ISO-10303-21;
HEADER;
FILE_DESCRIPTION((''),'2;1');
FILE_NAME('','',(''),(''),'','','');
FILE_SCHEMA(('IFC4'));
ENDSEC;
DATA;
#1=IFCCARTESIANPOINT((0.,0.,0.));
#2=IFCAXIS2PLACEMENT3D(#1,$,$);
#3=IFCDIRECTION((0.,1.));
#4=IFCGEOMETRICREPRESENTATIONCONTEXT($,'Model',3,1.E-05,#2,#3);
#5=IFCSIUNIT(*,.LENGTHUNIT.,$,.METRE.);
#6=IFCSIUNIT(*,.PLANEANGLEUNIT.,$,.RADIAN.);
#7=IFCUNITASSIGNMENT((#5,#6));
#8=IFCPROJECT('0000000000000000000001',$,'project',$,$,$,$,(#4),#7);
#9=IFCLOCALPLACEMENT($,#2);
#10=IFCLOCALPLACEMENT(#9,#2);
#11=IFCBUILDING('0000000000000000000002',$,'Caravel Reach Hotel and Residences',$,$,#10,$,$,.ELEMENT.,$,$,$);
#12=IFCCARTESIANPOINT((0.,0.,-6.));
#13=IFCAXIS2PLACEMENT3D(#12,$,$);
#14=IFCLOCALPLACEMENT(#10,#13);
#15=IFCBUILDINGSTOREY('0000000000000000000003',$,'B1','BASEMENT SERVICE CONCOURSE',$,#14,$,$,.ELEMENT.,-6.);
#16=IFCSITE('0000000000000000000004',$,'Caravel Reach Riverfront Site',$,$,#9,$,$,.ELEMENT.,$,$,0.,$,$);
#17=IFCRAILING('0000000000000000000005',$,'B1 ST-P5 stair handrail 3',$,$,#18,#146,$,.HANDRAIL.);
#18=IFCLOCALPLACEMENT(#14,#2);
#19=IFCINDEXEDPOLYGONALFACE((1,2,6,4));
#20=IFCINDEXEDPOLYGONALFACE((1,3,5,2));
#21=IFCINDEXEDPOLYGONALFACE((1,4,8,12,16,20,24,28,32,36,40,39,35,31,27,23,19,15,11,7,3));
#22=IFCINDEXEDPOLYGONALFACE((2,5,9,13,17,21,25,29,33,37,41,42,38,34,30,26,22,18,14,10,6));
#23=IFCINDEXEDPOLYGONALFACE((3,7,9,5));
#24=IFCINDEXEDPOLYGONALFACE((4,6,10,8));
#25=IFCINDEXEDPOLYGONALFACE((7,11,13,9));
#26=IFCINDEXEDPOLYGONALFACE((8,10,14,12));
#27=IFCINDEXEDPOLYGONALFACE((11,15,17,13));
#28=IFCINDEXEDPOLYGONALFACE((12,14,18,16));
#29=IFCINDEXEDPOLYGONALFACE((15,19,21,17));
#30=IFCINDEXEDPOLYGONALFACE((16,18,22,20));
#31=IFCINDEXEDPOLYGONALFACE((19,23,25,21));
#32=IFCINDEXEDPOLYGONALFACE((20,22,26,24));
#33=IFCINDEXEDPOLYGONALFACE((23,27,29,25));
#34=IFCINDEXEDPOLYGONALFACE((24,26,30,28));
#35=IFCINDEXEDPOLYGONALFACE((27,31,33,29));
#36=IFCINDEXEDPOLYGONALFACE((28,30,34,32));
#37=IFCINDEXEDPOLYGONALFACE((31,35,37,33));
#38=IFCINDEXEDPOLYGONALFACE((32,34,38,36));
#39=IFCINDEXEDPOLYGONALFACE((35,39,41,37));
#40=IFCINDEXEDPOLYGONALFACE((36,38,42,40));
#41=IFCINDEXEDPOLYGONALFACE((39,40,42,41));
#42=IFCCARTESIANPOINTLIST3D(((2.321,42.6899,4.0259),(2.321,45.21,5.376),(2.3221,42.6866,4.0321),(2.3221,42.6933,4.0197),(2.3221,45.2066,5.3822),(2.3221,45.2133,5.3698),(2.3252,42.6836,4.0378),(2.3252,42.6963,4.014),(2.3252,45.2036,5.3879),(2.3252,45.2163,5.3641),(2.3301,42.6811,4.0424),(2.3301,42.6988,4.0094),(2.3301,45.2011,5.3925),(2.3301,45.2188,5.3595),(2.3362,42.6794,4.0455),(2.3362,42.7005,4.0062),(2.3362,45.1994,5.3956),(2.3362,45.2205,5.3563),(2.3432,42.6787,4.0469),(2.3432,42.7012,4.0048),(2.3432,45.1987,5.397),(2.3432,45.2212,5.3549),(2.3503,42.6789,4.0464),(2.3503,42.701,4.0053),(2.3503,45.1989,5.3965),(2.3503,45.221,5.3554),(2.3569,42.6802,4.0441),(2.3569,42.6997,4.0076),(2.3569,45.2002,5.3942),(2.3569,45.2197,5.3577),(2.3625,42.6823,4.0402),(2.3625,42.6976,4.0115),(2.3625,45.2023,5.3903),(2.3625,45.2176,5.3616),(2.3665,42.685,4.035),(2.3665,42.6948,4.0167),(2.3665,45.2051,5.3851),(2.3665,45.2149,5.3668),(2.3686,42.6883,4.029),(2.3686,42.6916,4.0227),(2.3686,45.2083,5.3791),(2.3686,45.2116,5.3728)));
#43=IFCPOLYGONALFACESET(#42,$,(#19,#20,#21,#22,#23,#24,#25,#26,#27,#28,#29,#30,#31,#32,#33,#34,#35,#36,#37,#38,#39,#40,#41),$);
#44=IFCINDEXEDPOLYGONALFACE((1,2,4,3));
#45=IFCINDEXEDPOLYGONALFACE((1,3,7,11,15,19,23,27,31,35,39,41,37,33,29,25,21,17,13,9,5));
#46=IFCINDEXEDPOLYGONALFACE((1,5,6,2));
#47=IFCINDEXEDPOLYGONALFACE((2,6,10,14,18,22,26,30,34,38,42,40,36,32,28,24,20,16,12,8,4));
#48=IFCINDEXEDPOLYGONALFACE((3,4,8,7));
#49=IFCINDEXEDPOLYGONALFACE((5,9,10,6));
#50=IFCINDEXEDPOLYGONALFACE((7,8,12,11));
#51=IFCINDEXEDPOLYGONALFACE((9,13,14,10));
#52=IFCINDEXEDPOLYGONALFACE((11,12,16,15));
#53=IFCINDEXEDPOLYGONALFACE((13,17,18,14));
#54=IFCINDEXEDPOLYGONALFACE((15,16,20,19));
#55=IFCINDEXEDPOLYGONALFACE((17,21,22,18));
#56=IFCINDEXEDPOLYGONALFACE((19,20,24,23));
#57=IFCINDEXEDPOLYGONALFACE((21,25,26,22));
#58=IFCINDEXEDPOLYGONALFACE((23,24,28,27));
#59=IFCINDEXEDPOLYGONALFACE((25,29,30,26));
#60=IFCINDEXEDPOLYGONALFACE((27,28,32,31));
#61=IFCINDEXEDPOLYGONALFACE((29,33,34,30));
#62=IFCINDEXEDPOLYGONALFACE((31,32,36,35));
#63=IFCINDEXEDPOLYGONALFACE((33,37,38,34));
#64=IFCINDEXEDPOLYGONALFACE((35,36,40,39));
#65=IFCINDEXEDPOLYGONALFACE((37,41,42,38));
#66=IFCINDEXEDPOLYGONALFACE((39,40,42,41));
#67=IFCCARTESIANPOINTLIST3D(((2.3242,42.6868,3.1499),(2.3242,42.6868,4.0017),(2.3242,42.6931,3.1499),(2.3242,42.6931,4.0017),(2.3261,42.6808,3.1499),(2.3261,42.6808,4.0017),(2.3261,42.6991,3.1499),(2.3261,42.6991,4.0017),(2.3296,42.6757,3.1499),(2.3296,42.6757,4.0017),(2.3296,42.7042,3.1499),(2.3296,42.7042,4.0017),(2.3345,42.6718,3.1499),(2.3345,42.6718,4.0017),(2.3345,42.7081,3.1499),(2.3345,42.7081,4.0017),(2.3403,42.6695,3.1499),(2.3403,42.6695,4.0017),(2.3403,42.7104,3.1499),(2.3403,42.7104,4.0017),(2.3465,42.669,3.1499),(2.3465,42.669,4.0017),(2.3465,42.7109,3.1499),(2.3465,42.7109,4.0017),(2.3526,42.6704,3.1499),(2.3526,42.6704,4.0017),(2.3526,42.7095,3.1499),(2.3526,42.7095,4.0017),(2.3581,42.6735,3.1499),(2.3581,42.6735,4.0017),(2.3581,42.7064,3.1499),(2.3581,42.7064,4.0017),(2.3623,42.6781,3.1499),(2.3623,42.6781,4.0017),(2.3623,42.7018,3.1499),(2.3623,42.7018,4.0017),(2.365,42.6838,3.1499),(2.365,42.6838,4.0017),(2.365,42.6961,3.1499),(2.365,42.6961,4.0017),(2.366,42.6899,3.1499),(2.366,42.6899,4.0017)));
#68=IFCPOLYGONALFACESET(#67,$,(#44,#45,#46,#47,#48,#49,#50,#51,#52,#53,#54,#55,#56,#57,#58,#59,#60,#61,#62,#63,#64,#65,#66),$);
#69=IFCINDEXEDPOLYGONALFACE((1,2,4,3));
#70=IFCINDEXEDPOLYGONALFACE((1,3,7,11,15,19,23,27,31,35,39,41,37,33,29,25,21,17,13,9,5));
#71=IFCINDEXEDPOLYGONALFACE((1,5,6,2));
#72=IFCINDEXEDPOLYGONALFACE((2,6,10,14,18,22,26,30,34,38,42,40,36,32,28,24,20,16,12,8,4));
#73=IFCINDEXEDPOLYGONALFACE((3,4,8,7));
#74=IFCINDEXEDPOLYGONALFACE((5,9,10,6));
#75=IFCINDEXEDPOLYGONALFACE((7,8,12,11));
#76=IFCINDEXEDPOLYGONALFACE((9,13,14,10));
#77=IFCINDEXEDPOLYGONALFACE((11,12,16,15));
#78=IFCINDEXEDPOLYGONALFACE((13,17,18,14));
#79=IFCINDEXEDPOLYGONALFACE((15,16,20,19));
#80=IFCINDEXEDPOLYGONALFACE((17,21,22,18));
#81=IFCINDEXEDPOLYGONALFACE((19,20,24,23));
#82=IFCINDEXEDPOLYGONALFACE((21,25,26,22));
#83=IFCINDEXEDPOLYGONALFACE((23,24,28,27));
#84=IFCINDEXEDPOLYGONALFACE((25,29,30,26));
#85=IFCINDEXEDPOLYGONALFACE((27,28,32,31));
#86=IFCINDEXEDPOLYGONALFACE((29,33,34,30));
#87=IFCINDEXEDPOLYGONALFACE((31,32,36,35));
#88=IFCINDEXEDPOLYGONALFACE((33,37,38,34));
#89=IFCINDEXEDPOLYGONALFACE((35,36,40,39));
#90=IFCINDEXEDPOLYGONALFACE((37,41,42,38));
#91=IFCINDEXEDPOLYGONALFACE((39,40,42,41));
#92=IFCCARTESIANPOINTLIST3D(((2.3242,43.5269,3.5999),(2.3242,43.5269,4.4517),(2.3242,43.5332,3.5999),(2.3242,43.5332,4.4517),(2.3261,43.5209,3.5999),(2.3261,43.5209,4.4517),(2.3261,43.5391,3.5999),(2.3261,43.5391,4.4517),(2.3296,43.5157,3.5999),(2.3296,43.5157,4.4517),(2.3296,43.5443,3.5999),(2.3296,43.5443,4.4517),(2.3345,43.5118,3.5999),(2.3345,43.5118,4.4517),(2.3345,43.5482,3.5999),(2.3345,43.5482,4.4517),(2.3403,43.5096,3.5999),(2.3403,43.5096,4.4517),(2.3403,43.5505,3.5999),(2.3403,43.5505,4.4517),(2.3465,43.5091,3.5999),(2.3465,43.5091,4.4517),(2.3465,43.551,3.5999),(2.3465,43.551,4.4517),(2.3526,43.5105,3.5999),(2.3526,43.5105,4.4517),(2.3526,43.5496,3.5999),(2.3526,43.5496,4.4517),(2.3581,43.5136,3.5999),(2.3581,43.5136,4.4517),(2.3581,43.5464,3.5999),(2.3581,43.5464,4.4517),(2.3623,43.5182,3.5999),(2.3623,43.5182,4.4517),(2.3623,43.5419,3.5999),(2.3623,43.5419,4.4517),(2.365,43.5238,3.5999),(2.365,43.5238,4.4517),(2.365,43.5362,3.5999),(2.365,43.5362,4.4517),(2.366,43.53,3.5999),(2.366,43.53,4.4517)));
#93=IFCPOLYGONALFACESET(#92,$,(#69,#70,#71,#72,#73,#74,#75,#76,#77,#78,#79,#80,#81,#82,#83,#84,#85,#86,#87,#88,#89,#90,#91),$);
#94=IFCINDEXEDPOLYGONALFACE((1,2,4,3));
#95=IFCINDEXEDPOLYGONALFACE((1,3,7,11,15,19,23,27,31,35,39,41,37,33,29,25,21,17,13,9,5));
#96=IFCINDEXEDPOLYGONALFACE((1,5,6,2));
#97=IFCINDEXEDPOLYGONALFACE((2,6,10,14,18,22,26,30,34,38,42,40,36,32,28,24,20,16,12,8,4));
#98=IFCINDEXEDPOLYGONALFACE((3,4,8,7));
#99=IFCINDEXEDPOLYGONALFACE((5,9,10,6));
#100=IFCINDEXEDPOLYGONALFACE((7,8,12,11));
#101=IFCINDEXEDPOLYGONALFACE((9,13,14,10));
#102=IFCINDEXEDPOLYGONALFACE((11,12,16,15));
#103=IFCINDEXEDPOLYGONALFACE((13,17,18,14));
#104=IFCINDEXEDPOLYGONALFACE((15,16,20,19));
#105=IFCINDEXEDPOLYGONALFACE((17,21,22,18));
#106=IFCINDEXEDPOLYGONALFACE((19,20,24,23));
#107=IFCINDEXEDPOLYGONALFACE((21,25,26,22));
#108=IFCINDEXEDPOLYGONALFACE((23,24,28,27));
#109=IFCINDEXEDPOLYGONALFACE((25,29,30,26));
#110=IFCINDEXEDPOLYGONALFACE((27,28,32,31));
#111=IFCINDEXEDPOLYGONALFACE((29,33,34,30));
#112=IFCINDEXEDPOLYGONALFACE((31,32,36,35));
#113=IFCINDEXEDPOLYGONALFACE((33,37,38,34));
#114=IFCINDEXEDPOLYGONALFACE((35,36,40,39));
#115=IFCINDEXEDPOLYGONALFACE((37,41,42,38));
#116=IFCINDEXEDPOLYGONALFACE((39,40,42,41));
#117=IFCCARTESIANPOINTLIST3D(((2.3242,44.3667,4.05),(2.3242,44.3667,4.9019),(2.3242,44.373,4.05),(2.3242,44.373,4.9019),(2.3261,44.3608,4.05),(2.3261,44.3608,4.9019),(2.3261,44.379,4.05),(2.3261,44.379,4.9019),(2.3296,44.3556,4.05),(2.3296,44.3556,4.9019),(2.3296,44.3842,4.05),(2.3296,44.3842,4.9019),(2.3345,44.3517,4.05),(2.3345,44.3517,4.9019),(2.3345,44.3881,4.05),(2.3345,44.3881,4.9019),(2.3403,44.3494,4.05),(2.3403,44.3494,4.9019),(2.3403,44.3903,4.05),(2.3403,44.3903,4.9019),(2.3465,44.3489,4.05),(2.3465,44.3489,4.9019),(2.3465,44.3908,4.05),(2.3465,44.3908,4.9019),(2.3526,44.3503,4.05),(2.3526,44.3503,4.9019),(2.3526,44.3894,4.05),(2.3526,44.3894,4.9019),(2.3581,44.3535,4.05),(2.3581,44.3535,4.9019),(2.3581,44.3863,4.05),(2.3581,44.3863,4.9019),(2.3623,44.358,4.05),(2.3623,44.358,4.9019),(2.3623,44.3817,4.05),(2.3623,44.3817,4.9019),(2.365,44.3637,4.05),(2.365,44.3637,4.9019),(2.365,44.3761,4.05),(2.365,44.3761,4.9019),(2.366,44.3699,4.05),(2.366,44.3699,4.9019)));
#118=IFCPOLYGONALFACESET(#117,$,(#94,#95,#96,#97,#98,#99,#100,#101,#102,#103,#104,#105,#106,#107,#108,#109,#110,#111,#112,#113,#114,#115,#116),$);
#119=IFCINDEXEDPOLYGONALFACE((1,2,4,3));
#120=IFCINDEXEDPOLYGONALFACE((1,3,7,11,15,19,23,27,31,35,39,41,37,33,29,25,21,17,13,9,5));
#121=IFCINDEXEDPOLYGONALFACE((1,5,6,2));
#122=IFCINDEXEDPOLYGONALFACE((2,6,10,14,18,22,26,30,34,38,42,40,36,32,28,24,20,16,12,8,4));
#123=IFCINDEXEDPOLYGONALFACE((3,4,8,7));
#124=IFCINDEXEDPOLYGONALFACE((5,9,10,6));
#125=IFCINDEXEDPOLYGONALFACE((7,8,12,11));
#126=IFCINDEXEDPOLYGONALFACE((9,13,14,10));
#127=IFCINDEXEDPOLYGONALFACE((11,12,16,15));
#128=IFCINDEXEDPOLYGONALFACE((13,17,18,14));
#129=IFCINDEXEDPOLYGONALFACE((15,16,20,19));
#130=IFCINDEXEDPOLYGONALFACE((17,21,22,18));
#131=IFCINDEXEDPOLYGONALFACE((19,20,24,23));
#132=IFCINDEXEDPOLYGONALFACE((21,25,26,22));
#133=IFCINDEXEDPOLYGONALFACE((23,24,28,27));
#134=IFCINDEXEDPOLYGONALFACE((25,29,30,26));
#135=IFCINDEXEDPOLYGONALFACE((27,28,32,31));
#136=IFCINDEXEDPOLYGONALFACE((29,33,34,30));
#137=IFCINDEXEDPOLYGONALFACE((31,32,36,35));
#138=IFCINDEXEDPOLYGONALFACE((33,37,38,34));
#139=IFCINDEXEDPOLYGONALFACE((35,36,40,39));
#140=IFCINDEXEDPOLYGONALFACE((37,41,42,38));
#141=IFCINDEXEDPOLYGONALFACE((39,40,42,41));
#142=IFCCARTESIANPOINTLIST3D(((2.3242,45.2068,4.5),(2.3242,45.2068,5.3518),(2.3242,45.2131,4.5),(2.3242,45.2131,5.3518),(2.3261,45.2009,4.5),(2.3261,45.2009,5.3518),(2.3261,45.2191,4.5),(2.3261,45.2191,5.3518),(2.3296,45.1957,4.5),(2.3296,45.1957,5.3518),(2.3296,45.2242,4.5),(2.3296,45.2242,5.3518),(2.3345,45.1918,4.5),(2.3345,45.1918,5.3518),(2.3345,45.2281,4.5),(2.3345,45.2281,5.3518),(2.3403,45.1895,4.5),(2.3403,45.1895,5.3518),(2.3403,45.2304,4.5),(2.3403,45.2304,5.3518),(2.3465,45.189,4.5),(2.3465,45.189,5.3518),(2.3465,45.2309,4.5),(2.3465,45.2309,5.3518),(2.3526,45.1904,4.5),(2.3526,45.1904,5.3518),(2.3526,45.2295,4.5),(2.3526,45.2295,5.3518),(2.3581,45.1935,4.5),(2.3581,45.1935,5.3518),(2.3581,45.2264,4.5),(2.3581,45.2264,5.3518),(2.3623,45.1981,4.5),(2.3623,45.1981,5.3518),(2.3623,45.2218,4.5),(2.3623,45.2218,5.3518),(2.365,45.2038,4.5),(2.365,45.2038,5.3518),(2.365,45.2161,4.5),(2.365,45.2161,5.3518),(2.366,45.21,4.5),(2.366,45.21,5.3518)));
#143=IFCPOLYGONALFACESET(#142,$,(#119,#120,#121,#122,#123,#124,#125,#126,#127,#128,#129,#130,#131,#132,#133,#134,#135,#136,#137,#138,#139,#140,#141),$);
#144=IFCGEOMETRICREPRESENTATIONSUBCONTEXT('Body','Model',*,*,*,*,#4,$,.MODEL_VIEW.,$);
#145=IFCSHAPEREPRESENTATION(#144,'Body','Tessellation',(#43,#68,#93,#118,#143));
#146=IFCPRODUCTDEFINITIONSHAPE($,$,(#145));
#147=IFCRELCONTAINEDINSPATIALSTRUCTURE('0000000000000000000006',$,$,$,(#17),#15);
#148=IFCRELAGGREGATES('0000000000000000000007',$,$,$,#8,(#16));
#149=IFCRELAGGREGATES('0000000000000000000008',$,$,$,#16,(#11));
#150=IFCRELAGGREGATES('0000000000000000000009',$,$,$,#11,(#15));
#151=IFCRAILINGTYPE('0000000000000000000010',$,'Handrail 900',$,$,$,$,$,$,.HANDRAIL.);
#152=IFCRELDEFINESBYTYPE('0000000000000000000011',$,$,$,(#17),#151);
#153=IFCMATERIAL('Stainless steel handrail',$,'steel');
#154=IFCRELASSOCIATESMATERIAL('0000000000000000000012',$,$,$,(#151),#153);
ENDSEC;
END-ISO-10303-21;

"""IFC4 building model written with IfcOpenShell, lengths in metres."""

from ifc_helpers import new_model, si_unit, direction, frame, origin, origin_2d, place, context, subcontext, project, spatial, circle, extrude, material, type_object, element, save


model = new_model("IFC4")

# Units and contexts
model_context = context("Model", 3, precision=1e-05, world=origin(), true_north=direction((0.0, 1.0)))
body_context = subcontext(model_context, "Body", "Model", "MODEL_VIEW")
ifc_project = project(units=[si_unit("LENGTHUNIT", "METRE"), si_unit("PLANEANGLEUNIT", "RADIAN")], contexts=[model_context])

# Site, building, storey
site_placement = place(None, origin())
site = spatial("IfcSite", under=ifc_project, at=site_placement, Name="Caravel Reach Riverfront Site", CompositionType="ELEMENT", RefElevation=0.0)
building_placement = place(site_placement, origin())
building = spatial("IfcBuilding", under=site, at=building_placement, Name="Caravel Reach Hotel and Residences", CompositionType="ELEMENT")
storey_placement = place(building_placement, frame((0.0, 0.0, -6.0)))
storey = spatial("IfcBuildingStorey", under=building, at=storey_placement, Name="B1", Description="BASEMENT SERVICE CONCOURSE", CompositionType="ELEMENT", Elevation=-6.0)

# Railing
ifc_material_1 = material(Name="Stainless steel handrail", Category="steel")
railing_type_1 = type_object("IfcRailingType", Name="Handrail 900", PredefinedType="HANDRAIL", material=ifc_material_1)
railing_1_placement = place(storey_placement, frame((2.345, 42.6899, 3.1499)))
element("IfcRailing", 1, at=railing_1_placement, inside=storey, type_object=railing_type_1, Name="B1 ST-P5 stair handrail 3", PredefinedType="HANDRAIL", context=body_context, shape_type="SweptSolid", body=[
    extrude(circle(Radius=0.0239, at=origin_2d()), frame((0.0, 0.0, 0.876), z_axis=(0.0, 0.881467, 0.472245), x_axis=(-1.0, 0.0, 0.0)), (0.0, 0.0, 1.0), 2.8589),
    extrude(circle(Radius=0.021, at=origin_2d()), origin(), (0.0, 0.0, 1.0), 0.8518),
    extrude(circle(Radius=0.021, at=origin_2d()), frame((0.0, 0.8401, 0.45)), (0.0, 0.0, 1.0), 0.8518),
    extrude(circle(Radius=0.021, at=origin_2d()), frame((0.0, 1.6799, 0.9001)), (0.0, 0.0, 1.0), 0.8518),
    extrude(circle(Radius=0.021, at=origin_2d()), frame((0.0, 2.52, 1.3501)), (0.0, 0.0, 1.0), 0.8518),
])

save(model, "model.ifc")
